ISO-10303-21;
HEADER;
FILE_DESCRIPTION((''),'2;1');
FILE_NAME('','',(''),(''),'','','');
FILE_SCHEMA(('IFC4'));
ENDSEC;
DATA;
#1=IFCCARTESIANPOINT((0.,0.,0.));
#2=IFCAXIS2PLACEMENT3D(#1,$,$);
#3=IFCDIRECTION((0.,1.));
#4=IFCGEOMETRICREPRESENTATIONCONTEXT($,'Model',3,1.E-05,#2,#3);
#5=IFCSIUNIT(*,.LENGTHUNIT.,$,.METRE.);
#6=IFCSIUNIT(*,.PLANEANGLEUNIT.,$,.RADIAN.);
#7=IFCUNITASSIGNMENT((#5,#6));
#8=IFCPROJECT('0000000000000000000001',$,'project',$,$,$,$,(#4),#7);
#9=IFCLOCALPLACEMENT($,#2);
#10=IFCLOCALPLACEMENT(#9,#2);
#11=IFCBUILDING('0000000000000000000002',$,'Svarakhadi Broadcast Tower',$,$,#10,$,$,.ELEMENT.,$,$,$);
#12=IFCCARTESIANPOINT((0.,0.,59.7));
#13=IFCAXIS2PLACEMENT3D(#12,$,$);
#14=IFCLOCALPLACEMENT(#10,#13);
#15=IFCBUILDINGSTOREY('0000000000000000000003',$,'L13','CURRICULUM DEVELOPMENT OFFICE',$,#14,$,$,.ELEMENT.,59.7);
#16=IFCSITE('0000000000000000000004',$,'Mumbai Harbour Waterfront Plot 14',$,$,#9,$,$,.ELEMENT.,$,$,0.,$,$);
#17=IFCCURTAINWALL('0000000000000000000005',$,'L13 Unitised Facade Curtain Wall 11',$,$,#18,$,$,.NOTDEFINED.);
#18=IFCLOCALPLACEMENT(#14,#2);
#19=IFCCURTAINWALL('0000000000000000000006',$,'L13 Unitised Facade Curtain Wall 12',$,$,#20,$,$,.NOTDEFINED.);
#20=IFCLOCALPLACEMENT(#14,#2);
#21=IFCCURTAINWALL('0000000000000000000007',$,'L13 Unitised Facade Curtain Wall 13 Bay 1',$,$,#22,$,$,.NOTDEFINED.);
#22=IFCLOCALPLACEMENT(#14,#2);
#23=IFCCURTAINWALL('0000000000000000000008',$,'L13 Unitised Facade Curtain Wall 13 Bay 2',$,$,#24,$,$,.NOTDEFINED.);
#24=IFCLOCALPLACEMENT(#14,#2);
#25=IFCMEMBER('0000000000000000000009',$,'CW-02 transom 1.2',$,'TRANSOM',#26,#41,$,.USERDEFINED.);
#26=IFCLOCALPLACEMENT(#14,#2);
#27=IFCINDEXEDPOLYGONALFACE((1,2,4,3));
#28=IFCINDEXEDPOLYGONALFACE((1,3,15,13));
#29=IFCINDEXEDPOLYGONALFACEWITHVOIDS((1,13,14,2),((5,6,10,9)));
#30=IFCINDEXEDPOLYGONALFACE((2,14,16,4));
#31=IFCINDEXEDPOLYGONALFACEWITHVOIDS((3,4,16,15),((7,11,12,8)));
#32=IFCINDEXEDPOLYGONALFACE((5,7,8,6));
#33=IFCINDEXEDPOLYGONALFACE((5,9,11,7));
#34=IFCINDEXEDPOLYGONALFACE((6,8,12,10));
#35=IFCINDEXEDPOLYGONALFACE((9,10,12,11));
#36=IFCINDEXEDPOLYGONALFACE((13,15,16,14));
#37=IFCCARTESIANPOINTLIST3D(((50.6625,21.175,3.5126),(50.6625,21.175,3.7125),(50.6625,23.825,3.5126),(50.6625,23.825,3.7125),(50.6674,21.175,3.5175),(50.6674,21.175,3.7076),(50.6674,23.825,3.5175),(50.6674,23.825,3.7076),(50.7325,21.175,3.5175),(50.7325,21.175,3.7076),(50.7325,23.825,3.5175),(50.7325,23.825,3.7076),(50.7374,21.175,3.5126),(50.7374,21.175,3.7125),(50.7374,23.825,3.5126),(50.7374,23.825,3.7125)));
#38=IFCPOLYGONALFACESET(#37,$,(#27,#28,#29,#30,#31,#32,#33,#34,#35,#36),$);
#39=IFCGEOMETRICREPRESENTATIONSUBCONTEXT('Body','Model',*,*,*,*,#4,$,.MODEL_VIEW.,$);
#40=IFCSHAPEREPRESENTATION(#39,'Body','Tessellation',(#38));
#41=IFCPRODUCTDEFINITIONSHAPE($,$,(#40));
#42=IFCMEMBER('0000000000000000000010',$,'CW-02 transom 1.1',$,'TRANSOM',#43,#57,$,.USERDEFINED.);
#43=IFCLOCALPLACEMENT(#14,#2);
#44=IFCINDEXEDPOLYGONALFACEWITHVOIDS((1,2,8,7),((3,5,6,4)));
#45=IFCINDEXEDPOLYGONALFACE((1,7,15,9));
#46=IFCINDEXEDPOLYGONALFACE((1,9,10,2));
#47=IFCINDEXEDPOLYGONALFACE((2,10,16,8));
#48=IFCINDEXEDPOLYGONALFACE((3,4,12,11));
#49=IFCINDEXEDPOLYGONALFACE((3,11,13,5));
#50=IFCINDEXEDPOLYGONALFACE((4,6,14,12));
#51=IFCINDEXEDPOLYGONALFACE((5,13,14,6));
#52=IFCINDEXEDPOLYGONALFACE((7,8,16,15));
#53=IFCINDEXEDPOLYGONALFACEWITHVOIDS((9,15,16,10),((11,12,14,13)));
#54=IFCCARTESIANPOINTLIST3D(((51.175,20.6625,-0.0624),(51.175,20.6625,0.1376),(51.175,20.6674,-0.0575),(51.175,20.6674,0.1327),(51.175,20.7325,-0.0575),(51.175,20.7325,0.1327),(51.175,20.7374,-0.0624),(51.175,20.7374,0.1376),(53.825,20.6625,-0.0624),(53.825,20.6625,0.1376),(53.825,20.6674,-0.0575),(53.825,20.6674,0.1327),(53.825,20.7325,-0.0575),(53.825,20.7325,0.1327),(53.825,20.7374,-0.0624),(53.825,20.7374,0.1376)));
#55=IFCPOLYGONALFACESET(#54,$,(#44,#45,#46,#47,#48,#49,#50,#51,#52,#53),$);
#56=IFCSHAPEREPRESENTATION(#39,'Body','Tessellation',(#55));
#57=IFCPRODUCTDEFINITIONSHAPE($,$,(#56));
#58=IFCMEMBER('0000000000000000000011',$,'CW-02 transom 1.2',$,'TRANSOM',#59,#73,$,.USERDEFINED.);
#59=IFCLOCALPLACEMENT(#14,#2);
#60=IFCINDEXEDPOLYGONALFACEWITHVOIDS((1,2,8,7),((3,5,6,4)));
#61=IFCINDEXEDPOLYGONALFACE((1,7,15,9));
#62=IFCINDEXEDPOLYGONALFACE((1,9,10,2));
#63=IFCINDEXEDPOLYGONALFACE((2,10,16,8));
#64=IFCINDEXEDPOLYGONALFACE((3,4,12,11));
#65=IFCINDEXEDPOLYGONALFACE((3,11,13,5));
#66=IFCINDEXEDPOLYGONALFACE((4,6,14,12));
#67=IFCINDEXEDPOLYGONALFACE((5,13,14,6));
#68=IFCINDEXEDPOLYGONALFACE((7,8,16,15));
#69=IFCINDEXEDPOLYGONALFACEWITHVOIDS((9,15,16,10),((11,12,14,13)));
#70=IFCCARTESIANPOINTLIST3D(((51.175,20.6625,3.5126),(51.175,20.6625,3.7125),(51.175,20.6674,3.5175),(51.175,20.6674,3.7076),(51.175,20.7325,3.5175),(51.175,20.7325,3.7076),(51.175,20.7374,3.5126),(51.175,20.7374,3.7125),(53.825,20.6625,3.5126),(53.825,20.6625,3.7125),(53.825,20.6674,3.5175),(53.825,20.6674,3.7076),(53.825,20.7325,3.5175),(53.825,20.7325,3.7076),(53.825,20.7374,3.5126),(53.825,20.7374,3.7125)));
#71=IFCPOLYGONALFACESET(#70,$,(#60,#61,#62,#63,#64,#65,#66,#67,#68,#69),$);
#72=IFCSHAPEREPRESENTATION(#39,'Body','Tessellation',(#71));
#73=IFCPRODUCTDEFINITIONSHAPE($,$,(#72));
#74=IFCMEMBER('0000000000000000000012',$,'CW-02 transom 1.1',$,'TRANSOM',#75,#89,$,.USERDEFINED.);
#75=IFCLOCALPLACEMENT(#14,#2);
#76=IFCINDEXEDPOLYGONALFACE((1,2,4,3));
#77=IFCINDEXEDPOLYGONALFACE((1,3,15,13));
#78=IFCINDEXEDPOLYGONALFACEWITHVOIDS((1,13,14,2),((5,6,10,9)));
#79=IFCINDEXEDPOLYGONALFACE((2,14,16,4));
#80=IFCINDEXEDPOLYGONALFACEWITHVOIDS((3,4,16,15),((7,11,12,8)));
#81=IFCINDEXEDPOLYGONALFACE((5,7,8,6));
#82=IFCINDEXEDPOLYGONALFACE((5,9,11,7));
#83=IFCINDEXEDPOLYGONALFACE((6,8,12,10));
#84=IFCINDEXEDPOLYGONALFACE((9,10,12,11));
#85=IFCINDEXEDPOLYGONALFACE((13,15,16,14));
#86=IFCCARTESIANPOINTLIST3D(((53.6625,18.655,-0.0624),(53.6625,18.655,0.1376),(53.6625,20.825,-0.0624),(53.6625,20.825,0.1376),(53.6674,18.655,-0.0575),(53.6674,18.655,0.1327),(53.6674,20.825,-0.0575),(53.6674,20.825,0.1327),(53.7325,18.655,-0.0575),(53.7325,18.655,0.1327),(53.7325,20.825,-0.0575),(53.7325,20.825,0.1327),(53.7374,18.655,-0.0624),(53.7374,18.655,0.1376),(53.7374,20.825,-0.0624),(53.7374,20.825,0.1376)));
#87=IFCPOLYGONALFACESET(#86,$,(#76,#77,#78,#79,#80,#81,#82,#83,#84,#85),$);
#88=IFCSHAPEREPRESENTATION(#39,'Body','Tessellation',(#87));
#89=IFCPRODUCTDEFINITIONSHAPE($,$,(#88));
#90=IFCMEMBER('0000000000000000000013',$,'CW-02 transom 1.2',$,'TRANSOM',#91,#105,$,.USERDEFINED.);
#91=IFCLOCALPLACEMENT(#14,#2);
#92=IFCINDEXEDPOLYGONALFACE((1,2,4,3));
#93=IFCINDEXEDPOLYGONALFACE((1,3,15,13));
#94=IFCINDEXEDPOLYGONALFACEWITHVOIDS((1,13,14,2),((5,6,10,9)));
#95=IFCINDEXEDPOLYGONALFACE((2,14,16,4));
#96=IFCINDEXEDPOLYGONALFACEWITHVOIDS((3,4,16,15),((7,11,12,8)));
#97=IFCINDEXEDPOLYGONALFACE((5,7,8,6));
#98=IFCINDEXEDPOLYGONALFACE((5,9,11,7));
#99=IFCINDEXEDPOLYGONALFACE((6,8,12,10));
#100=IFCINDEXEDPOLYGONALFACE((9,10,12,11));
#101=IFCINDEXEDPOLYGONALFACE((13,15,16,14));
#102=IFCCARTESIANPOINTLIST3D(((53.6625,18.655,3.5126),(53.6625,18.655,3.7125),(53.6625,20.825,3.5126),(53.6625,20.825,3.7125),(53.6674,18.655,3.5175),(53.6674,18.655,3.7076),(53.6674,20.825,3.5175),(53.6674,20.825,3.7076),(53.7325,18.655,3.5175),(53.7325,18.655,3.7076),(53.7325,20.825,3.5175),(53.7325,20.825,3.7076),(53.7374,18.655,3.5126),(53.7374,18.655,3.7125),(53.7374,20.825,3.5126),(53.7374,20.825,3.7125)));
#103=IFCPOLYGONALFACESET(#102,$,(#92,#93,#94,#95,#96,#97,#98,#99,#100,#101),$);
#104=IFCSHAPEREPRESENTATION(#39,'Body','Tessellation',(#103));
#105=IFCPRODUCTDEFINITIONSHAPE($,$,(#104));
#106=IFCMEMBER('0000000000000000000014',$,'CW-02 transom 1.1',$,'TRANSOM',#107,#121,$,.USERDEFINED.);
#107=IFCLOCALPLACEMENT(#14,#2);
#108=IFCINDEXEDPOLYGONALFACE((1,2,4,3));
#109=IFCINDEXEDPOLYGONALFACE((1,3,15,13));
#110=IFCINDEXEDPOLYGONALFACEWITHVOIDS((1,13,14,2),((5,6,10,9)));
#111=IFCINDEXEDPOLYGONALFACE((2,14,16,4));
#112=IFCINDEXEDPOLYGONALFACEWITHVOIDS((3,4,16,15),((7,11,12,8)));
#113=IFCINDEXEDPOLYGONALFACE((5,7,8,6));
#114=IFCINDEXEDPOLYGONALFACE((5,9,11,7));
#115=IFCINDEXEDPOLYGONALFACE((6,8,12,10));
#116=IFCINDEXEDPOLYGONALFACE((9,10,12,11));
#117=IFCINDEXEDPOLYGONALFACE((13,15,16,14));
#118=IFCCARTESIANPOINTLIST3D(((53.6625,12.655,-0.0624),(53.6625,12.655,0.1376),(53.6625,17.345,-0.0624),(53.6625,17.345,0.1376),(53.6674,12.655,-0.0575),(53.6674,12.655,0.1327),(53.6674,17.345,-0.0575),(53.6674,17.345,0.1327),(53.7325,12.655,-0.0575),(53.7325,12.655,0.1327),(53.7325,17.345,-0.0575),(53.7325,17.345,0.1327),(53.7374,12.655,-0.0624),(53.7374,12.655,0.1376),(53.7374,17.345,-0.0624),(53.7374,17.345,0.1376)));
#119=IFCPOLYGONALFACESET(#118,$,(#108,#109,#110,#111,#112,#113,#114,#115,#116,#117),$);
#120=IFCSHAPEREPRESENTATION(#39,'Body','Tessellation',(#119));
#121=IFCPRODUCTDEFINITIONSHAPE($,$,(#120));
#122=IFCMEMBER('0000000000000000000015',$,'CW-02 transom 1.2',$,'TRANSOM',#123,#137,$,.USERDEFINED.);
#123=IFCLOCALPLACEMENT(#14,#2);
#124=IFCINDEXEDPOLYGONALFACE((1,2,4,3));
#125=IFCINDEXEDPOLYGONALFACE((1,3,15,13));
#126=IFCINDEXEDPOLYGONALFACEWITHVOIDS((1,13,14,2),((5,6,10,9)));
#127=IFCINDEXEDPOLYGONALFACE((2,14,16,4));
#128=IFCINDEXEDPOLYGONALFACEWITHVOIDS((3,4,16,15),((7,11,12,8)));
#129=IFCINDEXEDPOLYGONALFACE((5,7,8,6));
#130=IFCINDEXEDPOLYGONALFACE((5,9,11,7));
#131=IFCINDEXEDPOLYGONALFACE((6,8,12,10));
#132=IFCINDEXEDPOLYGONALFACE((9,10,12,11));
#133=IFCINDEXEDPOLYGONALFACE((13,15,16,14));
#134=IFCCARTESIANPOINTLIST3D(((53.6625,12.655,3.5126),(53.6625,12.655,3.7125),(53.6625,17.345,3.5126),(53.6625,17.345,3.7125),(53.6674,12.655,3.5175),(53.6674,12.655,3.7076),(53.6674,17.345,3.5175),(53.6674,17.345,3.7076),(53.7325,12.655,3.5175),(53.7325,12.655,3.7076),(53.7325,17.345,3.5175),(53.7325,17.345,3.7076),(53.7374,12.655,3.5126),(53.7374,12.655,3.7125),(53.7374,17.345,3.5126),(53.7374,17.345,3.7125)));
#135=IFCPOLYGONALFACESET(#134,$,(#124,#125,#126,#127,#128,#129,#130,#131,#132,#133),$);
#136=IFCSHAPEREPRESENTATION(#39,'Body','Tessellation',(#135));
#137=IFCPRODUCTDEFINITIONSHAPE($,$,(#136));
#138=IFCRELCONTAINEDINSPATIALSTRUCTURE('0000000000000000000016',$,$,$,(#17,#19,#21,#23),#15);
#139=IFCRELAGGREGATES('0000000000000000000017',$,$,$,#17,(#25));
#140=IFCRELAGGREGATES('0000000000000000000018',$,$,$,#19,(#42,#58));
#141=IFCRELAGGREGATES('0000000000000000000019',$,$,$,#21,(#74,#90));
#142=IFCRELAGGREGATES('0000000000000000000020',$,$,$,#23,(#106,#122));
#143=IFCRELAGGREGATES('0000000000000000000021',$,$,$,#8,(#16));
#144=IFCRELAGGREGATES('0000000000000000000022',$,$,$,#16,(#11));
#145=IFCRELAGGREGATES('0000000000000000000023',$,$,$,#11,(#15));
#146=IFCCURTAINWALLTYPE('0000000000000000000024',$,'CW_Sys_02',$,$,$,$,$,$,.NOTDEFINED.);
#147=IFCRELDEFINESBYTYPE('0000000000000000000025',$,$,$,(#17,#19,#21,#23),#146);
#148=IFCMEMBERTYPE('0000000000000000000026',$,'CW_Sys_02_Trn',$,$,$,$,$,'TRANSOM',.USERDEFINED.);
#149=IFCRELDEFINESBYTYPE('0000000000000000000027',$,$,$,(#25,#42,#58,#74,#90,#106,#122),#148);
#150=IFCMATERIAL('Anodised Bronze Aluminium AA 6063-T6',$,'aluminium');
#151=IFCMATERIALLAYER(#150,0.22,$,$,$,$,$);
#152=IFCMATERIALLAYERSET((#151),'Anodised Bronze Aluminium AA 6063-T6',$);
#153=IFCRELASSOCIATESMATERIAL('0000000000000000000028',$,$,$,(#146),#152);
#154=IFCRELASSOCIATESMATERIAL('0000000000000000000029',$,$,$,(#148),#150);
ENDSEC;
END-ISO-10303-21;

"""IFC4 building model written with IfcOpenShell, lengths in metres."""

from ifc_helpers import new_model, si_unit, direction, frame, origin, origin_2d, place, context, subcontext, project, spatial, hollow_rectangle, extrude, material, layer, layer_set, material_profile, profile_set, type_object, element, aggregate, save


model = new_model("IFC4")

# Units and contexts
model_context = context("Model", 3, precision=1e-05, world=origin(), true_north=direction((0.0, 1.0)))
body_context = subcontext(model_context, "Body", "Model", "MODEL_VIEW")
ifc_project = project(units=[si_unit("LENGTHUNIT", "METRE"), si_unit("PLANEANGLEUNIT", "RADIAN")], contexts=[model_context])

# Site, building, storey
site_placement = place(None, origin())
site = spatial("IfcSite", under=ifc_project, at=site_placement, Name="Mumbai Harbour Waterfront Plot 14", CompositionType="ELEMENT", RefElevation=0.0)
building_placement = place(site_placement, origin())
building = spatial("IfcBuilding", under=site, at=building_placement, Name="Svarakhadi Broadcast Tower", CompositionType="ELEMENT")
storey_placement = place(building_placement, frame((0.0, 0.0, 59.7)))
storey = spatial("IfcBuildingStorey", under=building, at=storey_placement, Name="L13", Description="CURRICULUM DEVELOPMENT OFFICE", CompositionType="ELEMENT", Elevation=59.7)

# Curtain wall
ifc_material_1 = material(Name="Anodised Bronze Aluminium AA 6063-T6", Category="aluminium")
ifc_layer_1 = layer(ifc_material_1, 0.22)
ifc_layer_set_1 = layer_set([ifc_layer_1], Name="Anodised Bronze Aluminium AA 6063-T6")
curtain_wall_type = type_object("IfcCurtainWallType", Name="CW_Sys_02", PredefinedType="NOTDEFINED", material=ifc_layer_set_1)
curtain_wall_1_placement = place(storey_placement, origin())
curtain_wall_1 = element("IfcCurtainWall", 1, at=curtain_wall_1_placement, inside=storey, type_object=curtain_wall_type, Name="L13 Unitised Facade Curtain Wall 11", PredefinedType="NOTDEFINED")

# Curtain walls
curtain_wall_2_placement = place(storey_placement, origin())
curtain_wall_2 = element("IfcCurtainWall", 2, at=curtain_wall_2_placement, inside=storey, type_object=curtain_wall_type, Name="L13 Unitised Facade Curtain Wall 12", PredefinedType="NOTDEFINED")
curtain_wall_3_placement = place(storey_placement, origin())
curtain_wall_3 = element("IfcCurtainWall", 3, at=curtain_wall_3_placement, inside=storey, type_object=curtain_wall_type, Name="L13 Unitised Facade Curtain Wall 13 Bay 1", PredefinedType="NOTDEFINED")
curtain_wall_4_placement = place(storey_placement, origin())
curtain_wall_4 = element("IfcCurtainWall", 4, at=curtain_wall_4_placement, inside=storey, type_object=curtain_wall_type, Name="L13 Unitised Facade Curtain Wall 13 Bay 2", PredefinedType="NOTDEFINED")

# Members
ifc_material_profile_1 = material_profile(ifc_material_1, hollow_rectangle(XDim=0.075, YDim=0.2, WallThickness=0.0049, at=origin_2d()), Name="ALU TRANSOM 200x75x5")
ifc_profile_set_1 = profile_set([ifc_material_profile_1], Name="Anodised Bronze Aluminium AA 6063-T6")
member_type_1 = type_object("IfcMemberType", Name="CW_Sys_02_Trn", ElementType="TRANSOM", PredefinedType="USERDEFINED", material=ifc_profile_set_1)
member_1_placement = place(storey_placement, frame((50.7, 23.825, 3.6125), z_axis=(0.0, -1.0, 0.0), x_axis=(1.0, 0.0, 0.0)))
member_1 = element("IfcMember", 5, at=member_1_placement, type_object=member_type_1, Name="CW-02 transom 1.2", ObjectType="TRANSOM", PredefinedType="USERDEFINED", context=body_context, shape_type="SweptSolid", body=[
    extrude(hollow_rectangle(XDim=0.075, YDim=0.2, WallThickness=0.0049, at=origin_2d()), origin(), (0.0, 0.0, 1.0), 2.6499),
])
member_2_placement = place(storey_placement, frame((51.175, 20.7, 0.0376), z_axis=(1.0, 0.0, 0.0), x_axis=(0.0, 1.0, 0.0)))
member_2 = element("IfcMember", 6, at=member_2_placement, type_object=member_type_1, Name="CW-02 transom 1.1", ObjectType="TRANSOM", PredefinedType="USERDEFINED", context=body_context, shape_type="SweptSolid", body=[
    extrude(hollow_rectangle(XDim=0.075, YDim=0.2, WallThickness=0.0049, at=origin_2d()), origin(), (0.0, 0.0, 1.0), 2.6499),
])
member_3_placement = place(storey_placement, frame((51.175, 20.7, 3.6125), z_axis=(1.0, 0.0, 0.0), x_axis=(0.0, 1.0, 0.0)))
member_3 = element("IfcMember", 7, at=member_3_placement, type_object=member_type_1, Name="CW-02 transom 1.2", ObjectType="TRANSOM", PredefinedType="USERDEFINED", context=body_context, shape_type="SweptSolid", body=[
    extrude(hollow_rectangle(XDim=0.075, YDim=0.2, WallThickness=0.0049, at=origin_2d()), origin(), (0.0, 0.0, 1.0), 2.6499),
])
member_4_placement = place(storey_placement, frame((53.7, 20.825, 0.0376), z_axis=(0.0, -1.0, 0.0), x_axis=(1.0, 0.0, 0.0)))
member_4 = element("IfcMember", 8, at=member_4_placement, type_object=member_type_1, Name="CW-02 transom 1.1", ObjectType="TRANSOM", PredefinedType="USERDEFINED", context=body_context, shape_type="SweptSolid", body=[
    extrude(hollow_rectangle(XDim=0.075, YDim=0.2, WallThickness=0.0049, at=origin_2d()), origin(), (0.0, 0.0, 1.0), 2.1699),
])
member_5_placement = place(storey_placement, frame((53.7, 20.825, 3.6125), z_axis=(0.0, -1.0, 0.0), x_axis=(1.0, 0.0, 0.0)))
member_5 = element("IfcMember", 9, at=member_5_placement, type_object=member_type_1, Name="CW-02 transom 1.2", ObjectType="TRANSOM", PredefinedType="USERDEFINED", context=body_context, shape_type="SweptSolid", body=[
    extrude(hollow_rectangle(XDim=0.075, YDim=0.2, WallThickness=0.0049, at=origin_2d()), origin(), (0.0, 0.0, 1.0), 2.1699),
])
member_6_placement = place(storey_placement, frame((53.7, 17.345, 0.0376), z_axis=(0.0, -1.0, 0.0), x_axis=(1.0, 0.0, 0.0)))
member_6 = element("IfcMember", 10, at=member_6_placement, type_object=member_type_1, Name="CW-02 transom 1.1", ObjectType="TRANSOM", PredefinedType="USERDEFINED", context=body_context, shape_type="SweptSolid", body=[
    extrude(hollow_rectangle(XDim=0.075, YDim=0.2, WallThickness=0.0049, at=origin_2d()), origin(), (0.0, 0.0, 1.0), 4.6899),
])
member_7_placement = place(storey_placement, frame((53.7, 17.345, 3.6125), z_axis=(0.0, -1.0, 0.0), x_axis=(1.0, 0.0, 0.0)))
member_7 = element("IfcMember", 11, at=member_7_placement, type_object=member_type_1, Name="CW-02 transom 1.2", ObjectType="TRANSOM", PredefinedType="USERDEFINED", context=body_context, shape_type="SweptSolid", body=[
    extrude(hollow_rectangle(XDim=0.075, YDim=0.2, WallThickness=0.0049, at=origin_2d()), origin(), (0.0, 0.0, 1.0), 4.6899),
])

aggregate(curtain_wall_1, [member_1])
aggregate(curtain_wall_2, [member_2, member_3])
aggregate(curtain_wall_3, [member_4, member_5])
aggregate(curtain_wall_4, [member_6, member_7])

save(model, "model.ifc")
